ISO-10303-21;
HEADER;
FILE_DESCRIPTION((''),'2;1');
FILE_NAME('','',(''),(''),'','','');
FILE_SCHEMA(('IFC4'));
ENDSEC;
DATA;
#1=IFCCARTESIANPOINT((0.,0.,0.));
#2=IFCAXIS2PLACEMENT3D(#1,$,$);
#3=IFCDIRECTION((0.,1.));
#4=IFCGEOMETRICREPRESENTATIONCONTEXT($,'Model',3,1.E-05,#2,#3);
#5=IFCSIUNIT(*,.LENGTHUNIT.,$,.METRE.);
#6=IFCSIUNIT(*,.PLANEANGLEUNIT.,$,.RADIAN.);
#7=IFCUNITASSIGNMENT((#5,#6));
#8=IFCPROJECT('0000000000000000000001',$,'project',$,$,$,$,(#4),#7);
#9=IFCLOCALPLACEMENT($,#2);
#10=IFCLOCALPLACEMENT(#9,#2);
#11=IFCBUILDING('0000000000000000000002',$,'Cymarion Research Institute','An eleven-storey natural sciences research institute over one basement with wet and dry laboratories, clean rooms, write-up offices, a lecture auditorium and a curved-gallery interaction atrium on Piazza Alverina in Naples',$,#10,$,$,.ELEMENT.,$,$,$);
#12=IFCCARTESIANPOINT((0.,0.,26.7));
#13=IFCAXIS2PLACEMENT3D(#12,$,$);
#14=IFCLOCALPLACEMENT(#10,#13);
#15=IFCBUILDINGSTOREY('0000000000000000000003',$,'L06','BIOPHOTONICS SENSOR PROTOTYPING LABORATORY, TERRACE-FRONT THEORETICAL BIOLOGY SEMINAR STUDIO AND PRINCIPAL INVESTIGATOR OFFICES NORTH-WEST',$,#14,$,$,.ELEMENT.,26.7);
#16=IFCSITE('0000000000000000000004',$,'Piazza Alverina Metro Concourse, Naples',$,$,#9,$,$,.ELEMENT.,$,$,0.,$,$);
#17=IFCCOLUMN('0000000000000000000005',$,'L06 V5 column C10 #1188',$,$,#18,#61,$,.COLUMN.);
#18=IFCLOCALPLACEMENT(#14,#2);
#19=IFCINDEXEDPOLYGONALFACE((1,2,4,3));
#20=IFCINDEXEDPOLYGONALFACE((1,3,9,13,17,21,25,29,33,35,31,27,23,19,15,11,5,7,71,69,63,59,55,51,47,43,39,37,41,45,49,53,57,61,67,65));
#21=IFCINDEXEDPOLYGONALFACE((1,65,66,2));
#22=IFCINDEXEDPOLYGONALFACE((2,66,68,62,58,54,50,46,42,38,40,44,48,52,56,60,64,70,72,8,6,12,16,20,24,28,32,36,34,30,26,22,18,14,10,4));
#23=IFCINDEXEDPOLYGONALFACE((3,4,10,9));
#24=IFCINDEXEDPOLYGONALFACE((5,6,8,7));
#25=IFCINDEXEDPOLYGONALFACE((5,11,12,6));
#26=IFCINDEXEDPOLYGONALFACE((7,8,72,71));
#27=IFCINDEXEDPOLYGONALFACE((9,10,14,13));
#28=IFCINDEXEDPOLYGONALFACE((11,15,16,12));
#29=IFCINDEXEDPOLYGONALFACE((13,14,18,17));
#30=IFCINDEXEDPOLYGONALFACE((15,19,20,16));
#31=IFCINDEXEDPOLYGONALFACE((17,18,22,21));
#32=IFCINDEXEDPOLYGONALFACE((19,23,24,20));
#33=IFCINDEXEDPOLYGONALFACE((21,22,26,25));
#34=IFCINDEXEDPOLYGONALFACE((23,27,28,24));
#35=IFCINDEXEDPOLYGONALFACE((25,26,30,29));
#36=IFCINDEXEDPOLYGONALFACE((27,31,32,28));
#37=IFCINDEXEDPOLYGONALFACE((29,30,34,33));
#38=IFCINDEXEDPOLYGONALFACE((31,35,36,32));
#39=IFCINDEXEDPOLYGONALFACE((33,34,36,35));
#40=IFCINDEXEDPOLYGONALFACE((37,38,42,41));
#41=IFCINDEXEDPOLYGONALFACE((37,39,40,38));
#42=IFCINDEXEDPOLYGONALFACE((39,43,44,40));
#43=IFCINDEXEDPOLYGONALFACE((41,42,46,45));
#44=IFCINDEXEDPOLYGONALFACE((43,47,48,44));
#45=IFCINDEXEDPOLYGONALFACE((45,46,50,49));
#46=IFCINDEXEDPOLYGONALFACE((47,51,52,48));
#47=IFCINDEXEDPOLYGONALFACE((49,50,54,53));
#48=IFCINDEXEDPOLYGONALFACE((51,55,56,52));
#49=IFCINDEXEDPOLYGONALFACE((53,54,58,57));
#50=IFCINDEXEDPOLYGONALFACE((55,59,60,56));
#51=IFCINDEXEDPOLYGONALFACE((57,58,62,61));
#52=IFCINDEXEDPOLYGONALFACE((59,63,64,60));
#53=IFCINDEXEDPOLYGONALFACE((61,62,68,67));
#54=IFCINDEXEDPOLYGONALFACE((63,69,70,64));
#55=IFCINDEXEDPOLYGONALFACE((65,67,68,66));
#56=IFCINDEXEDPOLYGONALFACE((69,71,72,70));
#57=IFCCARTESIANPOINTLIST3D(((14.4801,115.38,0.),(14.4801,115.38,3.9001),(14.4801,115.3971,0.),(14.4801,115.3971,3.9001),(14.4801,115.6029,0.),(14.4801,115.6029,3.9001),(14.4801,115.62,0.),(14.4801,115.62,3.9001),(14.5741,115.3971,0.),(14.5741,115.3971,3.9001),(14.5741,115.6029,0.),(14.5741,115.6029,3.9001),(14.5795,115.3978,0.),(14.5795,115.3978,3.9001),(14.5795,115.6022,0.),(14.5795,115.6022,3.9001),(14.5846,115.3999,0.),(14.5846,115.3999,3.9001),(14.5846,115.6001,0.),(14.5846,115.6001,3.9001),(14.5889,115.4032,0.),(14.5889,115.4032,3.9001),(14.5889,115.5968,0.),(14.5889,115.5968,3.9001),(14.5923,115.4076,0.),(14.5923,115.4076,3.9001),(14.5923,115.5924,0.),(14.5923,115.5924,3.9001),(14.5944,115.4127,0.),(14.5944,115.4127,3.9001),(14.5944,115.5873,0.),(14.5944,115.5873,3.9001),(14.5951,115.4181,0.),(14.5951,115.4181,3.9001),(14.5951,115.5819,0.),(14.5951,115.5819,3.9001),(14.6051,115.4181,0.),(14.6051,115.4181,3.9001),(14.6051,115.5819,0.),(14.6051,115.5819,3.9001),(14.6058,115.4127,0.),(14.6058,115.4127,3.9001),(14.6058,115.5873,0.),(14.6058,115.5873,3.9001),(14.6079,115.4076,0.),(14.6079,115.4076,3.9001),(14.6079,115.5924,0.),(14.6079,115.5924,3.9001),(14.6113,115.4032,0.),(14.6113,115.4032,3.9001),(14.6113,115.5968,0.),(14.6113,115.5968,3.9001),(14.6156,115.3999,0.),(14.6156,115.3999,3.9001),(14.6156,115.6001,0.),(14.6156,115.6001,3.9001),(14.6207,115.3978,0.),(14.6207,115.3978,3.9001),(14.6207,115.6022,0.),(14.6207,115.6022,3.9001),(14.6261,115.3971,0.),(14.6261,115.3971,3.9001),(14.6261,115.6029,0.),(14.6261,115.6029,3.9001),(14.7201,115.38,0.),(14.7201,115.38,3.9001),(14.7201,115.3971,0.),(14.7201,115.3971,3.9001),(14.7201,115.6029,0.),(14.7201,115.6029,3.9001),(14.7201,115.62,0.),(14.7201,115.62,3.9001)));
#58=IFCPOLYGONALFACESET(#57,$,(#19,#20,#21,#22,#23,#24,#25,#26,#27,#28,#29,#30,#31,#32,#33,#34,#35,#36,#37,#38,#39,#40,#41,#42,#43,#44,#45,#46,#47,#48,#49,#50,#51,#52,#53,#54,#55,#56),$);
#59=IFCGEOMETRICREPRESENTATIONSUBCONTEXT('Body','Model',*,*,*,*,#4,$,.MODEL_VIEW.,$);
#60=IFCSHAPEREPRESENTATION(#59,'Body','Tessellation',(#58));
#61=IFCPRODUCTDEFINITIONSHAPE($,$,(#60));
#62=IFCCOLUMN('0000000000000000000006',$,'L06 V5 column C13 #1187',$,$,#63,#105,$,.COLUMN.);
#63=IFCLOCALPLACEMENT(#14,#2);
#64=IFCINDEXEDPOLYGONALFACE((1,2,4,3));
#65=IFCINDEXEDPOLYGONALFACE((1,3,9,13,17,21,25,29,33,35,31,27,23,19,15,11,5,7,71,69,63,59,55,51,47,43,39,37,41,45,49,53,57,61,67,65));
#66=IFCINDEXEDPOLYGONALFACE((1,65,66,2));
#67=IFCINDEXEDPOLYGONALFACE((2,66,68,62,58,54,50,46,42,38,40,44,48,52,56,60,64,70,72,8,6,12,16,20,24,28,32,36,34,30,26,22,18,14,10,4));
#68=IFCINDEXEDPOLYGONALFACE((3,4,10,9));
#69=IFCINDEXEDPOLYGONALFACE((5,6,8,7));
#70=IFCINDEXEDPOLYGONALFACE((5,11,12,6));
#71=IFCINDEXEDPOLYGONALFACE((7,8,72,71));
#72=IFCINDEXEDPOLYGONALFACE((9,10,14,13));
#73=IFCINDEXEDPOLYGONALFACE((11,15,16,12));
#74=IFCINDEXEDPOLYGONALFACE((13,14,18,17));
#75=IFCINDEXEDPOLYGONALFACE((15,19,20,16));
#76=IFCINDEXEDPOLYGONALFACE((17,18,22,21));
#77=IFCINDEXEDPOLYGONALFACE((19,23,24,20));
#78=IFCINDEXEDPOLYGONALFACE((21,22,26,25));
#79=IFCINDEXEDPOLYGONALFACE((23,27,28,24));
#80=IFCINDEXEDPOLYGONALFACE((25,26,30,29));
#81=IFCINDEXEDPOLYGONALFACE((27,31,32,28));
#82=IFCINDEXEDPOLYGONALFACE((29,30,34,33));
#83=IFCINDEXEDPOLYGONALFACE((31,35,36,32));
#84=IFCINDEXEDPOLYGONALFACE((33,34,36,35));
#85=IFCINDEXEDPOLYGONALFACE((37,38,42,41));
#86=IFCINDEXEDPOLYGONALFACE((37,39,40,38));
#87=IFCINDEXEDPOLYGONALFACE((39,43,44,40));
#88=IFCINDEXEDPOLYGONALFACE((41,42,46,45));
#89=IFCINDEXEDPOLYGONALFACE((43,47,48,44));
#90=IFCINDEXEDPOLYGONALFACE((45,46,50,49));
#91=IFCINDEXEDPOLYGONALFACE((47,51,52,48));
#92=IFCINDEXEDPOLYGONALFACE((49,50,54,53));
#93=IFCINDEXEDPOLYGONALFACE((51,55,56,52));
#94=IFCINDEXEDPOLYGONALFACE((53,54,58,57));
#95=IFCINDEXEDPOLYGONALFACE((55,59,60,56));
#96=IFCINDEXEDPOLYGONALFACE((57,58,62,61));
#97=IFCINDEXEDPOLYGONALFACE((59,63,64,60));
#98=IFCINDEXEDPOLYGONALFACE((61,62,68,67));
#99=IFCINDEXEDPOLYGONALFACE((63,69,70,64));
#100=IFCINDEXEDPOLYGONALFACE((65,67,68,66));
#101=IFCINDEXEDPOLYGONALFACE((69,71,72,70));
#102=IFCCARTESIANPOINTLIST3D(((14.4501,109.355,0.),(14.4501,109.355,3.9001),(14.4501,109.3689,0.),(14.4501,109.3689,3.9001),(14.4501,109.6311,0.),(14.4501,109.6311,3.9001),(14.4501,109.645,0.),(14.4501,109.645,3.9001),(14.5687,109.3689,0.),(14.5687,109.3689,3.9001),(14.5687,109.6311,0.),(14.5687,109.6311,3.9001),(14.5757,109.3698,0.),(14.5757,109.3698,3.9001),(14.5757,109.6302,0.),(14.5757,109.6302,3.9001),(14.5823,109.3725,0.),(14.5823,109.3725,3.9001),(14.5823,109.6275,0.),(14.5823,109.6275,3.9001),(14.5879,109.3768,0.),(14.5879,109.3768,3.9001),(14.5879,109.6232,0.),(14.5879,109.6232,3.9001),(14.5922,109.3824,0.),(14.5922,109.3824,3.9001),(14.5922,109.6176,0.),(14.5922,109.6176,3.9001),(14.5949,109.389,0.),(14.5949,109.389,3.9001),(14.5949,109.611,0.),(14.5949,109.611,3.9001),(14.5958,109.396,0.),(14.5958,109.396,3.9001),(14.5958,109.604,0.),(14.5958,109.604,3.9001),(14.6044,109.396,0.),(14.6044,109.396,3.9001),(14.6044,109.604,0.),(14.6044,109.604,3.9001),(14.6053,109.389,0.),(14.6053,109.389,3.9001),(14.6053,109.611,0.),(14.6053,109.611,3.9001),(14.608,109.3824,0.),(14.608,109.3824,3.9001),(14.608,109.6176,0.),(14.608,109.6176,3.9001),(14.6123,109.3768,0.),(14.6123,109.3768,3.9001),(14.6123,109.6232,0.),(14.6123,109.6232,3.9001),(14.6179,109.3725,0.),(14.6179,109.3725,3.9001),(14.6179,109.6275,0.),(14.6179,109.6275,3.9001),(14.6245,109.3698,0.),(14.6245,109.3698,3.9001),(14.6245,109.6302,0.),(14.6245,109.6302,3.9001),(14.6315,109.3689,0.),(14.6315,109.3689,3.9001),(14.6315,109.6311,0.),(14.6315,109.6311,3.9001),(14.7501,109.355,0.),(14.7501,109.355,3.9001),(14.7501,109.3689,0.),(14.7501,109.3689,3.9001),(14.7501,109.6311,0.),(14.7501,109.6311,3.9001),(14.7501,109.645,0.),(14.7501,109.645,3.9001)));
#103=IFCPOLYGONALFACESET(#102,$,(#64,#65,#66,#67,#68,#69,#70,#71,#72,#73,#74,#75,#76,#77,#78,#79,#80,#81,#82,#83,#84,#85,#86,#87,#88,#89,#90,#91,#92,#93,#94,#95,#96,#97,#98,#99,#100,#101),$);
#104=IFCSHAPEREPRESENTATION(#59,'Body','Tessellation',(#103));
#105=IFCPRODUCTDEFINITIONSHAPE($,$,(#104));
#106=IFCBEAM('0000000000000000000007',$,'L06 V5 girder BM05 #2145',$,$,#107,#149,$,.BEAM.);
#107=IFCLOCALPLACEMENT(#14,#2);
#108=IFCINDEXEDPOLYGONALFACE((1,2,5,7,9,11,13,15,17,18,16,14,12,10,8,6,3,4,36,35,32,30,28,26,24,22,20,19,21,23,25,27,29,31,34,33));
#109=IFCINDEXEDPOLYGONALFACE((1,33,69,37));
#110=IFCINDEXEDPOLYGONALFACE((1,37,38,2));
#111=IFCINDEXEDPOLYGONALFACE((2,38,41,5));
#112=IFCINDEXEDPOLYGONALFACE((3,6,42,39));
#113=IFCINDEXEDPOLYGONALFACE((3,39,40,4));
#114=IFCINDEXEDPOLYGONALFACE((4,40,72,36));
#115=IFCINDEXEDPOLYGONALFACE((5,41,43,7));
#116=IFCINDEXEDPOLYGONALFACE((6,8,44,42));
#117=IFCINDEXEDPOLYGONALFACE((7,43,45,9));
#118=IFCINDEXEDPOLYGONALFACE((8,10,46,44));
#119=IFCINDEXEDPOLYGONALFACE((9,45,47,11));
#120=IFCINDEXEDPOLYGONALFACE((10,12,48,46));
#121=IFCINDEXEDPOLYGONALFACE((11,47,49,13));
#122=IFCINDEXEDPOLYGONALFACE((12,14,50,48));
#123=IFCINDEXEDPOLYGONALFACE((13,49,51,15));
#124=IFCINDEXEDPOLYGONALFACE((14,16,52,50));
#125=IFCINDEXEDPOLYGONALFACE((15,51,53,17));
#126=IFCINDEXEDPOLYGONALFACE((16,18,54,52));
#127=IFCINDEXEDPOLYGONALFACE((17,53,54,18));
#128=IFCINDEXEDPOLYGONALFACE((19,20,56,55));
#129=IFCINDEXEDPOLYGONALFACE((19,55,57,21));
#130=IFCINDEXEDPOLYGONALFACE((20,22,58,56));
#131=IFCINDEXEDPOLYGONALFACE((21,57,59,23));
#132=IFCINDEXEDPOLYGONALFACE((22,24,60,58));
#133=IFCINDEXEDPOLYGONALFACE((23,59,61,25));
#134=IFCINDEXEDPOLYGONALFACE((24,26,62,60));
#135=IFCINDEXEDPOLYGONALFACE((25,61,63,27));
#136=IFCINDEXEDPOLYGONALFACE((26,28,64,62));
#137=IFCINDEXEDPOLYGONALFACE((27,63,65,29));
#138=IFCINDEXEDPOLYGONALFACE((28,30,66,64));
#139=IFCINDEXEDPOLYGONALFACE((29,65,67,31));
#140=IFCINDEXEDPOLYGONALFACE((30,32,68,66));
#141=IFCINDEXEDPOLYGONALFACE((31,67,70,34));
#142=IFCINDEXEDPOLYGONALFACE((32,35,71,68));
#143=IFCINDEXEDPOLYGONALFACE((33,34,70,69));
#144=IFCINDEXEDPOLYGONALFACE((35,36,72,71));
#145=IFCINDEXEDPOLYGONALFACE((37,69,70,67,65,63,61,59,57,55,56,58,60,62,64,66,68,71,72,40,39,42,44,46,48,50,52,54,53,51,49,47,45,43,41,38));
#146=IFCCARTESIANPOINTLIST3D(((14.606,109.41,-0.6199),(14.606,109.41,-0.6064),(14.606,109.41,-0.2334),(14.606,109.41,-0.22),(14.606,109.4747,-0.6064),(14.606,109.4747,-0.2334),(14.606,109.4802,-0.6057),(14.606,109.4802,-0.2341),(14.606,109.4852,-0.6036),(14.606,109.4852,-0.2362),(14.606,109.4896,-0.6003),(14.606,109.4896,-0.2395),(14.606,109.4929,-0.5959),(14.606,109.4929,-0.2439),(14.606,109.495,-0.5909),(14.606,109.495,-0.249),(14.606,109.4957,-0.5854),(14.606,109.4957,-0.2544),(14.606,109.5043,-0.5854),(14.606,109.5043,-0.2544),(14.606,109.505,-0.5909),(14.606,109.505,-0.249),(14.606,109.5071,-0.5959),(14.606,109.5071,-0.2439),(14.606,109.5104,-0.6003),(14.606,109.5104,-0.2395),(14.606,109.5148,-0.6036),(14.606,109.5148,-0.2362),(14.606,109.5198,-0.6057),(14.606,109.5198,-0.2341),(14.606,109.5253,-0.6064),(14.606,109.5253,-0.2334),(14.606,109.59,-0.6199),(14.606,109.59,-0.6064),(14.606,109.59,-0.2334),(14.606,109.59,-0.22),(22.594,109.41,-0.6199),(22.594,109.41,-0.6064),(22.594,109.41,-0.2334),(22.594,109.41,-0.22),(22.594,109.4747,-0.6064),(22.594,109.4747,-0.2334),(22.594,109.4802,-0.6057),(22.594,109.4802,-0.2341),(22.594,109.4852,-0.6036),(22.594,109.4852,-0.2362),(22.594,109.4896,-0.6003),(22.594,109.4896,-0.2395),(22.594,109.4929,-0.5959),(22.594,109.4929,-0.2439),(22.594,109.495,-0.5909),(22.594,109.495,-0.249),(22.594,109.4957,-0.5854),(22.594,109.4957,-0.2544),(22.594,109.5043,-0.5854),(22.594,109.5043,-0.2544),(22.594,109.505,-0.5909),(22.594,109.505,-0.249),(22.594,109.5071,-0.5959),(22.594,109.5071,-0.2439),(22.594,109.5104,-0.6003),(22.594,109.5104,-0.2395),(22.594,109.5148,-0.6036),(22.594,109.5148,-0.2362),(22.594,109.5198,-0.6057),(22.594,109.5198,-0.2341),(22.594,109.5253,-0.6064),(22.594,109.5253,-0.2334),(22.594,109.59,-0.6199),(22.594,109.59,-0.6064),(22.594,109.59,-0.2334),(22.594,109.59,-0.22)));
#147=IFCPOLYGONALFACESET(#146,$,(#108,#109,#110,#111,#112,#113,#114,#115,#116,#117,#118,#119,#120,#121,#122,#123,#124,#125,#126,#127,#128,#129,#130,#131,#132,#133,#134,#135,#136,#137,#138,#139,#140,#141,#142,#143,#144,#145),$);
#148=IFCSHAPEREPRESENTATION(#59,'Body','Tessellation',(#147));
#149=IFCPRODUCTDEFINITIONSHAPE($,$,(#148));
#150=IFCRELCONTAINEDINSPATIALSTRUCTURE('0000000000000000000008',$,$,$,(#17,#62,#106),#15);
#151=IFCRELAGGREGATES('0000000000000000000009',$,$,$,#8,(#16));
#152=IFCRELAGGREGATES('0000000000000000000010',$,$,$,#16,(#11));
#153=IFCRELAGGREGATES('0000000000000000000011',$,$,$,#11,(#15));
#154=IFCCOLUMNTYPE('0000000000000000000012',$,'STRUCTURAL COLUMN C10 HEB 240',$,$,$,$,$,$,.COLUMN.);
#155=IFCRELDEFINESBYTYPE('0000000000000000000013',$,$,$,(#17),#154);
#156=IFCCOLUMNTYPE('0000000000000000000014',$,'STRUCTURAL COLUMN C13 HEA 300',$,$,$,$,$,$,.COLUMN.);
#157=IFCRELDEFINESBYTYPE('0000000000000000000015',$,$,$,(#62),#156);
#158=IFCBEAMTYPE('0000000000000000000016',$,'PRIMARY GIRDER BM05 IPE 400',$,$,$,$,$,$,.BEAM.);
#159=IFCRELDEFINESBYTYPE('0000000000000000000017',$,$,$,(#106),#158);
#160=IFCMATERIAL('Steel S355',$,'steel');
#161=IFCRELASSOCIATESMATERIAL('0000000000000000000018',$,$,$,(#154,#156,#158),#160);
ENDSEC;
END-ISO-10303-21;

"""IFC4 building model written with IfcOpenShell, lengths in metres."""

from ifc_helpers import new_model, si_unit, direction, frame, origin, origin_2d, place, context, subcontext, project, spatial, i_section, extrude, material, material_profile, profile_set, type_object, element, save


model = new_model("IFC4")

# Units and contexts
model_context = context("Model", 3, precision=1e-05, world=origin(), true_north=direction((0.0, 1.0)))
body_context = subcontext(model_context, "Body", "Model", "MODEL_VIEW")
ifc_project = project(units=[si_unit("LENGTHUNIT", "METRE"), si_unit("PLANEANGLEUNIT", "RADIAN")], contexts=[model_context])

# Site, building, storey
site_placement = place(None, origin())
site = spatial("IfcSite", under=ifc_project, at=site_placement, Name="Piazza Alverina Metro Concourse, Naples", CompositionType="ELEMENT", RefElevation=0.0)
building_placement = place(site_placement, origin())
building = spatial("IfcBuilding", under=site, at=building_placement, Name="Cymarion Research Institute", Description="An eleven-storey natural sciences research institute over one basement with wet and dry laboratories, clean rooms, write-up offices, a lecture auditorium and a curved-gallery interaction atrium on Piazza Alverina in Naples", CompositionType="ELEMENT")
storey_placement = place(building_placement, frame((0.0, 0.0, 26.7)))
storey = spatial("IfcBuildingStorey", under=building, at=storey_placement, Name="L06", Description="BIOPHOTONICS SENSOR PROTOTYPING LABORATORY, TERRACE-FRONT THEORETICAL BIOLOGY SEMINAR STUDIO AND PRINCIPAL INVESTIGATOR OFFICES NORTH-WEST", CompositionType="ELEMENT", Elevation=26.7)

# Columns
ifc_material_1 = material(Name="Steel S355", Category="steel")
ifc_material_profile_1 = material_profile(ifc_material_1, i_section(OverallWidth=0.24, OverallDepth=0.24, WebThickness=0.01, FlangeThickness=0.0171, FilletRadius=0.021, at=origin_2d()), Name="HEB 240")
ifc_profile_set_1 = profile_set([ifc_material_profile_1], Name="Steel S355")
column_type_1 = type_object("IfcColumnType", Name="STRUCTURAL COLUMN C10 HEB 240", PredefinedType="COLUMN", material=ifc_profile_set_1)
column_1_placement = place(storey_placement, frame((14.6001, 115.5, 0.0), z_axis=(0.0, 0.0, 1.0), x_axis=(1.0, 0.0, 0.0)))
element("IfcColumn", 1, at=column_1_placement, inside=storey, type_object=column_type_1, Name="L06 V5 column C10 #1188", PredefinedType="COLUMN", context=body_context, shape_type="SweptSolid", body=[
    extrude(i_section(OverallWidth=0.24, OverallDepth=0.24, WebThickness=0.01, FlangeThickness=0.0171, FilletRadius=0.021, at=origin_2d()), origin(), (0.0, 0.0, 1.0), 3.9001),
])
ifc_material_profile_2 = material_profile(ifc_material_1, i_section(OverallWidth=0.3, OverallDepth=0.29, WebThickness=0.0085, FlangeThickness=0.0139, FilletRadius=0.0271, at=origin_2d()), Name="HEA 300")
ifc_profile_set_2 = profile_set([ifc_material_profile_2], Name="Steel S355")
column_type_2 = type_object("IfcColumnType", Name="STRUCTURAL COLUMN C13 HEA 300", PredefinedType="COLUMN", material=ifc_profile_set_2)
column_2_placement = place(storey_placement, frame((14.6001, 109.5, 0.0), z_axis=(0.0, 0.0, 1.0), x_axis=(1.0, 0.0, 0.0)))
element("IfcColumn", 2, at=column_2_placement, inside=storey, type_object=column_type_2, Name="L06 V5 column C13 #1187", PredefinedType="COLUMN", context=body_context, shape_type="SweptSolid", body=[
    extrude(i_section(OverallWidth=0.3, OverallDepth=0.29, WebThickness=0.0085, FlangeThickness=0.0139, FilletRadius=0.0271, at=origin_2d()), origin(), (0.0, 0.0, 1.0), 3.9001),
])

# Beam
ifc_material_profile_3 = material_profile(ifc_material_1, i_section(OverallWidth=0.1799, OverallDepth=0.3999, WebThickness=0.0085, FlangeThickness=0.0134, FilletRadius=0.021, at=origin_2d()), Name="IPE 400")
ifc_profile_set_3 = profile_set([ifc_material_profile_3], Name="Steel S355")
beam_type_1 = type_object("IfcBeamType", Name="PRIMARY GIRDER BM05 IPE 400", PredefinedType="BEAM", material=ifc_profile_set_3)
beam_1_placement = place(storey_placement, frame((14.606, 109.5, -0.4199), z_axis=(1.0, 0.0, 0.0), x_axis=(0.0, 1.0, 0.0)))
element("IfcBeam", 3, at=beam_1_placement, inside=storey, type_object=beam_type_1, Name="L06 V5 girder BM05 #2145", PredefinedType="BEAM", context=body_context, shape_type="SweptSolid", body=[
    extrude(i_section(OverallWidth=0.1799, OverallDepth=0.3999, WebThickness=0.0085, FlangeThickness=0.0134, FilletRadius=0.021, at=origin_2d()), origin(), (0.0, 0.0, 1.0), 7.988),
])

save(model, "model.ifc")
